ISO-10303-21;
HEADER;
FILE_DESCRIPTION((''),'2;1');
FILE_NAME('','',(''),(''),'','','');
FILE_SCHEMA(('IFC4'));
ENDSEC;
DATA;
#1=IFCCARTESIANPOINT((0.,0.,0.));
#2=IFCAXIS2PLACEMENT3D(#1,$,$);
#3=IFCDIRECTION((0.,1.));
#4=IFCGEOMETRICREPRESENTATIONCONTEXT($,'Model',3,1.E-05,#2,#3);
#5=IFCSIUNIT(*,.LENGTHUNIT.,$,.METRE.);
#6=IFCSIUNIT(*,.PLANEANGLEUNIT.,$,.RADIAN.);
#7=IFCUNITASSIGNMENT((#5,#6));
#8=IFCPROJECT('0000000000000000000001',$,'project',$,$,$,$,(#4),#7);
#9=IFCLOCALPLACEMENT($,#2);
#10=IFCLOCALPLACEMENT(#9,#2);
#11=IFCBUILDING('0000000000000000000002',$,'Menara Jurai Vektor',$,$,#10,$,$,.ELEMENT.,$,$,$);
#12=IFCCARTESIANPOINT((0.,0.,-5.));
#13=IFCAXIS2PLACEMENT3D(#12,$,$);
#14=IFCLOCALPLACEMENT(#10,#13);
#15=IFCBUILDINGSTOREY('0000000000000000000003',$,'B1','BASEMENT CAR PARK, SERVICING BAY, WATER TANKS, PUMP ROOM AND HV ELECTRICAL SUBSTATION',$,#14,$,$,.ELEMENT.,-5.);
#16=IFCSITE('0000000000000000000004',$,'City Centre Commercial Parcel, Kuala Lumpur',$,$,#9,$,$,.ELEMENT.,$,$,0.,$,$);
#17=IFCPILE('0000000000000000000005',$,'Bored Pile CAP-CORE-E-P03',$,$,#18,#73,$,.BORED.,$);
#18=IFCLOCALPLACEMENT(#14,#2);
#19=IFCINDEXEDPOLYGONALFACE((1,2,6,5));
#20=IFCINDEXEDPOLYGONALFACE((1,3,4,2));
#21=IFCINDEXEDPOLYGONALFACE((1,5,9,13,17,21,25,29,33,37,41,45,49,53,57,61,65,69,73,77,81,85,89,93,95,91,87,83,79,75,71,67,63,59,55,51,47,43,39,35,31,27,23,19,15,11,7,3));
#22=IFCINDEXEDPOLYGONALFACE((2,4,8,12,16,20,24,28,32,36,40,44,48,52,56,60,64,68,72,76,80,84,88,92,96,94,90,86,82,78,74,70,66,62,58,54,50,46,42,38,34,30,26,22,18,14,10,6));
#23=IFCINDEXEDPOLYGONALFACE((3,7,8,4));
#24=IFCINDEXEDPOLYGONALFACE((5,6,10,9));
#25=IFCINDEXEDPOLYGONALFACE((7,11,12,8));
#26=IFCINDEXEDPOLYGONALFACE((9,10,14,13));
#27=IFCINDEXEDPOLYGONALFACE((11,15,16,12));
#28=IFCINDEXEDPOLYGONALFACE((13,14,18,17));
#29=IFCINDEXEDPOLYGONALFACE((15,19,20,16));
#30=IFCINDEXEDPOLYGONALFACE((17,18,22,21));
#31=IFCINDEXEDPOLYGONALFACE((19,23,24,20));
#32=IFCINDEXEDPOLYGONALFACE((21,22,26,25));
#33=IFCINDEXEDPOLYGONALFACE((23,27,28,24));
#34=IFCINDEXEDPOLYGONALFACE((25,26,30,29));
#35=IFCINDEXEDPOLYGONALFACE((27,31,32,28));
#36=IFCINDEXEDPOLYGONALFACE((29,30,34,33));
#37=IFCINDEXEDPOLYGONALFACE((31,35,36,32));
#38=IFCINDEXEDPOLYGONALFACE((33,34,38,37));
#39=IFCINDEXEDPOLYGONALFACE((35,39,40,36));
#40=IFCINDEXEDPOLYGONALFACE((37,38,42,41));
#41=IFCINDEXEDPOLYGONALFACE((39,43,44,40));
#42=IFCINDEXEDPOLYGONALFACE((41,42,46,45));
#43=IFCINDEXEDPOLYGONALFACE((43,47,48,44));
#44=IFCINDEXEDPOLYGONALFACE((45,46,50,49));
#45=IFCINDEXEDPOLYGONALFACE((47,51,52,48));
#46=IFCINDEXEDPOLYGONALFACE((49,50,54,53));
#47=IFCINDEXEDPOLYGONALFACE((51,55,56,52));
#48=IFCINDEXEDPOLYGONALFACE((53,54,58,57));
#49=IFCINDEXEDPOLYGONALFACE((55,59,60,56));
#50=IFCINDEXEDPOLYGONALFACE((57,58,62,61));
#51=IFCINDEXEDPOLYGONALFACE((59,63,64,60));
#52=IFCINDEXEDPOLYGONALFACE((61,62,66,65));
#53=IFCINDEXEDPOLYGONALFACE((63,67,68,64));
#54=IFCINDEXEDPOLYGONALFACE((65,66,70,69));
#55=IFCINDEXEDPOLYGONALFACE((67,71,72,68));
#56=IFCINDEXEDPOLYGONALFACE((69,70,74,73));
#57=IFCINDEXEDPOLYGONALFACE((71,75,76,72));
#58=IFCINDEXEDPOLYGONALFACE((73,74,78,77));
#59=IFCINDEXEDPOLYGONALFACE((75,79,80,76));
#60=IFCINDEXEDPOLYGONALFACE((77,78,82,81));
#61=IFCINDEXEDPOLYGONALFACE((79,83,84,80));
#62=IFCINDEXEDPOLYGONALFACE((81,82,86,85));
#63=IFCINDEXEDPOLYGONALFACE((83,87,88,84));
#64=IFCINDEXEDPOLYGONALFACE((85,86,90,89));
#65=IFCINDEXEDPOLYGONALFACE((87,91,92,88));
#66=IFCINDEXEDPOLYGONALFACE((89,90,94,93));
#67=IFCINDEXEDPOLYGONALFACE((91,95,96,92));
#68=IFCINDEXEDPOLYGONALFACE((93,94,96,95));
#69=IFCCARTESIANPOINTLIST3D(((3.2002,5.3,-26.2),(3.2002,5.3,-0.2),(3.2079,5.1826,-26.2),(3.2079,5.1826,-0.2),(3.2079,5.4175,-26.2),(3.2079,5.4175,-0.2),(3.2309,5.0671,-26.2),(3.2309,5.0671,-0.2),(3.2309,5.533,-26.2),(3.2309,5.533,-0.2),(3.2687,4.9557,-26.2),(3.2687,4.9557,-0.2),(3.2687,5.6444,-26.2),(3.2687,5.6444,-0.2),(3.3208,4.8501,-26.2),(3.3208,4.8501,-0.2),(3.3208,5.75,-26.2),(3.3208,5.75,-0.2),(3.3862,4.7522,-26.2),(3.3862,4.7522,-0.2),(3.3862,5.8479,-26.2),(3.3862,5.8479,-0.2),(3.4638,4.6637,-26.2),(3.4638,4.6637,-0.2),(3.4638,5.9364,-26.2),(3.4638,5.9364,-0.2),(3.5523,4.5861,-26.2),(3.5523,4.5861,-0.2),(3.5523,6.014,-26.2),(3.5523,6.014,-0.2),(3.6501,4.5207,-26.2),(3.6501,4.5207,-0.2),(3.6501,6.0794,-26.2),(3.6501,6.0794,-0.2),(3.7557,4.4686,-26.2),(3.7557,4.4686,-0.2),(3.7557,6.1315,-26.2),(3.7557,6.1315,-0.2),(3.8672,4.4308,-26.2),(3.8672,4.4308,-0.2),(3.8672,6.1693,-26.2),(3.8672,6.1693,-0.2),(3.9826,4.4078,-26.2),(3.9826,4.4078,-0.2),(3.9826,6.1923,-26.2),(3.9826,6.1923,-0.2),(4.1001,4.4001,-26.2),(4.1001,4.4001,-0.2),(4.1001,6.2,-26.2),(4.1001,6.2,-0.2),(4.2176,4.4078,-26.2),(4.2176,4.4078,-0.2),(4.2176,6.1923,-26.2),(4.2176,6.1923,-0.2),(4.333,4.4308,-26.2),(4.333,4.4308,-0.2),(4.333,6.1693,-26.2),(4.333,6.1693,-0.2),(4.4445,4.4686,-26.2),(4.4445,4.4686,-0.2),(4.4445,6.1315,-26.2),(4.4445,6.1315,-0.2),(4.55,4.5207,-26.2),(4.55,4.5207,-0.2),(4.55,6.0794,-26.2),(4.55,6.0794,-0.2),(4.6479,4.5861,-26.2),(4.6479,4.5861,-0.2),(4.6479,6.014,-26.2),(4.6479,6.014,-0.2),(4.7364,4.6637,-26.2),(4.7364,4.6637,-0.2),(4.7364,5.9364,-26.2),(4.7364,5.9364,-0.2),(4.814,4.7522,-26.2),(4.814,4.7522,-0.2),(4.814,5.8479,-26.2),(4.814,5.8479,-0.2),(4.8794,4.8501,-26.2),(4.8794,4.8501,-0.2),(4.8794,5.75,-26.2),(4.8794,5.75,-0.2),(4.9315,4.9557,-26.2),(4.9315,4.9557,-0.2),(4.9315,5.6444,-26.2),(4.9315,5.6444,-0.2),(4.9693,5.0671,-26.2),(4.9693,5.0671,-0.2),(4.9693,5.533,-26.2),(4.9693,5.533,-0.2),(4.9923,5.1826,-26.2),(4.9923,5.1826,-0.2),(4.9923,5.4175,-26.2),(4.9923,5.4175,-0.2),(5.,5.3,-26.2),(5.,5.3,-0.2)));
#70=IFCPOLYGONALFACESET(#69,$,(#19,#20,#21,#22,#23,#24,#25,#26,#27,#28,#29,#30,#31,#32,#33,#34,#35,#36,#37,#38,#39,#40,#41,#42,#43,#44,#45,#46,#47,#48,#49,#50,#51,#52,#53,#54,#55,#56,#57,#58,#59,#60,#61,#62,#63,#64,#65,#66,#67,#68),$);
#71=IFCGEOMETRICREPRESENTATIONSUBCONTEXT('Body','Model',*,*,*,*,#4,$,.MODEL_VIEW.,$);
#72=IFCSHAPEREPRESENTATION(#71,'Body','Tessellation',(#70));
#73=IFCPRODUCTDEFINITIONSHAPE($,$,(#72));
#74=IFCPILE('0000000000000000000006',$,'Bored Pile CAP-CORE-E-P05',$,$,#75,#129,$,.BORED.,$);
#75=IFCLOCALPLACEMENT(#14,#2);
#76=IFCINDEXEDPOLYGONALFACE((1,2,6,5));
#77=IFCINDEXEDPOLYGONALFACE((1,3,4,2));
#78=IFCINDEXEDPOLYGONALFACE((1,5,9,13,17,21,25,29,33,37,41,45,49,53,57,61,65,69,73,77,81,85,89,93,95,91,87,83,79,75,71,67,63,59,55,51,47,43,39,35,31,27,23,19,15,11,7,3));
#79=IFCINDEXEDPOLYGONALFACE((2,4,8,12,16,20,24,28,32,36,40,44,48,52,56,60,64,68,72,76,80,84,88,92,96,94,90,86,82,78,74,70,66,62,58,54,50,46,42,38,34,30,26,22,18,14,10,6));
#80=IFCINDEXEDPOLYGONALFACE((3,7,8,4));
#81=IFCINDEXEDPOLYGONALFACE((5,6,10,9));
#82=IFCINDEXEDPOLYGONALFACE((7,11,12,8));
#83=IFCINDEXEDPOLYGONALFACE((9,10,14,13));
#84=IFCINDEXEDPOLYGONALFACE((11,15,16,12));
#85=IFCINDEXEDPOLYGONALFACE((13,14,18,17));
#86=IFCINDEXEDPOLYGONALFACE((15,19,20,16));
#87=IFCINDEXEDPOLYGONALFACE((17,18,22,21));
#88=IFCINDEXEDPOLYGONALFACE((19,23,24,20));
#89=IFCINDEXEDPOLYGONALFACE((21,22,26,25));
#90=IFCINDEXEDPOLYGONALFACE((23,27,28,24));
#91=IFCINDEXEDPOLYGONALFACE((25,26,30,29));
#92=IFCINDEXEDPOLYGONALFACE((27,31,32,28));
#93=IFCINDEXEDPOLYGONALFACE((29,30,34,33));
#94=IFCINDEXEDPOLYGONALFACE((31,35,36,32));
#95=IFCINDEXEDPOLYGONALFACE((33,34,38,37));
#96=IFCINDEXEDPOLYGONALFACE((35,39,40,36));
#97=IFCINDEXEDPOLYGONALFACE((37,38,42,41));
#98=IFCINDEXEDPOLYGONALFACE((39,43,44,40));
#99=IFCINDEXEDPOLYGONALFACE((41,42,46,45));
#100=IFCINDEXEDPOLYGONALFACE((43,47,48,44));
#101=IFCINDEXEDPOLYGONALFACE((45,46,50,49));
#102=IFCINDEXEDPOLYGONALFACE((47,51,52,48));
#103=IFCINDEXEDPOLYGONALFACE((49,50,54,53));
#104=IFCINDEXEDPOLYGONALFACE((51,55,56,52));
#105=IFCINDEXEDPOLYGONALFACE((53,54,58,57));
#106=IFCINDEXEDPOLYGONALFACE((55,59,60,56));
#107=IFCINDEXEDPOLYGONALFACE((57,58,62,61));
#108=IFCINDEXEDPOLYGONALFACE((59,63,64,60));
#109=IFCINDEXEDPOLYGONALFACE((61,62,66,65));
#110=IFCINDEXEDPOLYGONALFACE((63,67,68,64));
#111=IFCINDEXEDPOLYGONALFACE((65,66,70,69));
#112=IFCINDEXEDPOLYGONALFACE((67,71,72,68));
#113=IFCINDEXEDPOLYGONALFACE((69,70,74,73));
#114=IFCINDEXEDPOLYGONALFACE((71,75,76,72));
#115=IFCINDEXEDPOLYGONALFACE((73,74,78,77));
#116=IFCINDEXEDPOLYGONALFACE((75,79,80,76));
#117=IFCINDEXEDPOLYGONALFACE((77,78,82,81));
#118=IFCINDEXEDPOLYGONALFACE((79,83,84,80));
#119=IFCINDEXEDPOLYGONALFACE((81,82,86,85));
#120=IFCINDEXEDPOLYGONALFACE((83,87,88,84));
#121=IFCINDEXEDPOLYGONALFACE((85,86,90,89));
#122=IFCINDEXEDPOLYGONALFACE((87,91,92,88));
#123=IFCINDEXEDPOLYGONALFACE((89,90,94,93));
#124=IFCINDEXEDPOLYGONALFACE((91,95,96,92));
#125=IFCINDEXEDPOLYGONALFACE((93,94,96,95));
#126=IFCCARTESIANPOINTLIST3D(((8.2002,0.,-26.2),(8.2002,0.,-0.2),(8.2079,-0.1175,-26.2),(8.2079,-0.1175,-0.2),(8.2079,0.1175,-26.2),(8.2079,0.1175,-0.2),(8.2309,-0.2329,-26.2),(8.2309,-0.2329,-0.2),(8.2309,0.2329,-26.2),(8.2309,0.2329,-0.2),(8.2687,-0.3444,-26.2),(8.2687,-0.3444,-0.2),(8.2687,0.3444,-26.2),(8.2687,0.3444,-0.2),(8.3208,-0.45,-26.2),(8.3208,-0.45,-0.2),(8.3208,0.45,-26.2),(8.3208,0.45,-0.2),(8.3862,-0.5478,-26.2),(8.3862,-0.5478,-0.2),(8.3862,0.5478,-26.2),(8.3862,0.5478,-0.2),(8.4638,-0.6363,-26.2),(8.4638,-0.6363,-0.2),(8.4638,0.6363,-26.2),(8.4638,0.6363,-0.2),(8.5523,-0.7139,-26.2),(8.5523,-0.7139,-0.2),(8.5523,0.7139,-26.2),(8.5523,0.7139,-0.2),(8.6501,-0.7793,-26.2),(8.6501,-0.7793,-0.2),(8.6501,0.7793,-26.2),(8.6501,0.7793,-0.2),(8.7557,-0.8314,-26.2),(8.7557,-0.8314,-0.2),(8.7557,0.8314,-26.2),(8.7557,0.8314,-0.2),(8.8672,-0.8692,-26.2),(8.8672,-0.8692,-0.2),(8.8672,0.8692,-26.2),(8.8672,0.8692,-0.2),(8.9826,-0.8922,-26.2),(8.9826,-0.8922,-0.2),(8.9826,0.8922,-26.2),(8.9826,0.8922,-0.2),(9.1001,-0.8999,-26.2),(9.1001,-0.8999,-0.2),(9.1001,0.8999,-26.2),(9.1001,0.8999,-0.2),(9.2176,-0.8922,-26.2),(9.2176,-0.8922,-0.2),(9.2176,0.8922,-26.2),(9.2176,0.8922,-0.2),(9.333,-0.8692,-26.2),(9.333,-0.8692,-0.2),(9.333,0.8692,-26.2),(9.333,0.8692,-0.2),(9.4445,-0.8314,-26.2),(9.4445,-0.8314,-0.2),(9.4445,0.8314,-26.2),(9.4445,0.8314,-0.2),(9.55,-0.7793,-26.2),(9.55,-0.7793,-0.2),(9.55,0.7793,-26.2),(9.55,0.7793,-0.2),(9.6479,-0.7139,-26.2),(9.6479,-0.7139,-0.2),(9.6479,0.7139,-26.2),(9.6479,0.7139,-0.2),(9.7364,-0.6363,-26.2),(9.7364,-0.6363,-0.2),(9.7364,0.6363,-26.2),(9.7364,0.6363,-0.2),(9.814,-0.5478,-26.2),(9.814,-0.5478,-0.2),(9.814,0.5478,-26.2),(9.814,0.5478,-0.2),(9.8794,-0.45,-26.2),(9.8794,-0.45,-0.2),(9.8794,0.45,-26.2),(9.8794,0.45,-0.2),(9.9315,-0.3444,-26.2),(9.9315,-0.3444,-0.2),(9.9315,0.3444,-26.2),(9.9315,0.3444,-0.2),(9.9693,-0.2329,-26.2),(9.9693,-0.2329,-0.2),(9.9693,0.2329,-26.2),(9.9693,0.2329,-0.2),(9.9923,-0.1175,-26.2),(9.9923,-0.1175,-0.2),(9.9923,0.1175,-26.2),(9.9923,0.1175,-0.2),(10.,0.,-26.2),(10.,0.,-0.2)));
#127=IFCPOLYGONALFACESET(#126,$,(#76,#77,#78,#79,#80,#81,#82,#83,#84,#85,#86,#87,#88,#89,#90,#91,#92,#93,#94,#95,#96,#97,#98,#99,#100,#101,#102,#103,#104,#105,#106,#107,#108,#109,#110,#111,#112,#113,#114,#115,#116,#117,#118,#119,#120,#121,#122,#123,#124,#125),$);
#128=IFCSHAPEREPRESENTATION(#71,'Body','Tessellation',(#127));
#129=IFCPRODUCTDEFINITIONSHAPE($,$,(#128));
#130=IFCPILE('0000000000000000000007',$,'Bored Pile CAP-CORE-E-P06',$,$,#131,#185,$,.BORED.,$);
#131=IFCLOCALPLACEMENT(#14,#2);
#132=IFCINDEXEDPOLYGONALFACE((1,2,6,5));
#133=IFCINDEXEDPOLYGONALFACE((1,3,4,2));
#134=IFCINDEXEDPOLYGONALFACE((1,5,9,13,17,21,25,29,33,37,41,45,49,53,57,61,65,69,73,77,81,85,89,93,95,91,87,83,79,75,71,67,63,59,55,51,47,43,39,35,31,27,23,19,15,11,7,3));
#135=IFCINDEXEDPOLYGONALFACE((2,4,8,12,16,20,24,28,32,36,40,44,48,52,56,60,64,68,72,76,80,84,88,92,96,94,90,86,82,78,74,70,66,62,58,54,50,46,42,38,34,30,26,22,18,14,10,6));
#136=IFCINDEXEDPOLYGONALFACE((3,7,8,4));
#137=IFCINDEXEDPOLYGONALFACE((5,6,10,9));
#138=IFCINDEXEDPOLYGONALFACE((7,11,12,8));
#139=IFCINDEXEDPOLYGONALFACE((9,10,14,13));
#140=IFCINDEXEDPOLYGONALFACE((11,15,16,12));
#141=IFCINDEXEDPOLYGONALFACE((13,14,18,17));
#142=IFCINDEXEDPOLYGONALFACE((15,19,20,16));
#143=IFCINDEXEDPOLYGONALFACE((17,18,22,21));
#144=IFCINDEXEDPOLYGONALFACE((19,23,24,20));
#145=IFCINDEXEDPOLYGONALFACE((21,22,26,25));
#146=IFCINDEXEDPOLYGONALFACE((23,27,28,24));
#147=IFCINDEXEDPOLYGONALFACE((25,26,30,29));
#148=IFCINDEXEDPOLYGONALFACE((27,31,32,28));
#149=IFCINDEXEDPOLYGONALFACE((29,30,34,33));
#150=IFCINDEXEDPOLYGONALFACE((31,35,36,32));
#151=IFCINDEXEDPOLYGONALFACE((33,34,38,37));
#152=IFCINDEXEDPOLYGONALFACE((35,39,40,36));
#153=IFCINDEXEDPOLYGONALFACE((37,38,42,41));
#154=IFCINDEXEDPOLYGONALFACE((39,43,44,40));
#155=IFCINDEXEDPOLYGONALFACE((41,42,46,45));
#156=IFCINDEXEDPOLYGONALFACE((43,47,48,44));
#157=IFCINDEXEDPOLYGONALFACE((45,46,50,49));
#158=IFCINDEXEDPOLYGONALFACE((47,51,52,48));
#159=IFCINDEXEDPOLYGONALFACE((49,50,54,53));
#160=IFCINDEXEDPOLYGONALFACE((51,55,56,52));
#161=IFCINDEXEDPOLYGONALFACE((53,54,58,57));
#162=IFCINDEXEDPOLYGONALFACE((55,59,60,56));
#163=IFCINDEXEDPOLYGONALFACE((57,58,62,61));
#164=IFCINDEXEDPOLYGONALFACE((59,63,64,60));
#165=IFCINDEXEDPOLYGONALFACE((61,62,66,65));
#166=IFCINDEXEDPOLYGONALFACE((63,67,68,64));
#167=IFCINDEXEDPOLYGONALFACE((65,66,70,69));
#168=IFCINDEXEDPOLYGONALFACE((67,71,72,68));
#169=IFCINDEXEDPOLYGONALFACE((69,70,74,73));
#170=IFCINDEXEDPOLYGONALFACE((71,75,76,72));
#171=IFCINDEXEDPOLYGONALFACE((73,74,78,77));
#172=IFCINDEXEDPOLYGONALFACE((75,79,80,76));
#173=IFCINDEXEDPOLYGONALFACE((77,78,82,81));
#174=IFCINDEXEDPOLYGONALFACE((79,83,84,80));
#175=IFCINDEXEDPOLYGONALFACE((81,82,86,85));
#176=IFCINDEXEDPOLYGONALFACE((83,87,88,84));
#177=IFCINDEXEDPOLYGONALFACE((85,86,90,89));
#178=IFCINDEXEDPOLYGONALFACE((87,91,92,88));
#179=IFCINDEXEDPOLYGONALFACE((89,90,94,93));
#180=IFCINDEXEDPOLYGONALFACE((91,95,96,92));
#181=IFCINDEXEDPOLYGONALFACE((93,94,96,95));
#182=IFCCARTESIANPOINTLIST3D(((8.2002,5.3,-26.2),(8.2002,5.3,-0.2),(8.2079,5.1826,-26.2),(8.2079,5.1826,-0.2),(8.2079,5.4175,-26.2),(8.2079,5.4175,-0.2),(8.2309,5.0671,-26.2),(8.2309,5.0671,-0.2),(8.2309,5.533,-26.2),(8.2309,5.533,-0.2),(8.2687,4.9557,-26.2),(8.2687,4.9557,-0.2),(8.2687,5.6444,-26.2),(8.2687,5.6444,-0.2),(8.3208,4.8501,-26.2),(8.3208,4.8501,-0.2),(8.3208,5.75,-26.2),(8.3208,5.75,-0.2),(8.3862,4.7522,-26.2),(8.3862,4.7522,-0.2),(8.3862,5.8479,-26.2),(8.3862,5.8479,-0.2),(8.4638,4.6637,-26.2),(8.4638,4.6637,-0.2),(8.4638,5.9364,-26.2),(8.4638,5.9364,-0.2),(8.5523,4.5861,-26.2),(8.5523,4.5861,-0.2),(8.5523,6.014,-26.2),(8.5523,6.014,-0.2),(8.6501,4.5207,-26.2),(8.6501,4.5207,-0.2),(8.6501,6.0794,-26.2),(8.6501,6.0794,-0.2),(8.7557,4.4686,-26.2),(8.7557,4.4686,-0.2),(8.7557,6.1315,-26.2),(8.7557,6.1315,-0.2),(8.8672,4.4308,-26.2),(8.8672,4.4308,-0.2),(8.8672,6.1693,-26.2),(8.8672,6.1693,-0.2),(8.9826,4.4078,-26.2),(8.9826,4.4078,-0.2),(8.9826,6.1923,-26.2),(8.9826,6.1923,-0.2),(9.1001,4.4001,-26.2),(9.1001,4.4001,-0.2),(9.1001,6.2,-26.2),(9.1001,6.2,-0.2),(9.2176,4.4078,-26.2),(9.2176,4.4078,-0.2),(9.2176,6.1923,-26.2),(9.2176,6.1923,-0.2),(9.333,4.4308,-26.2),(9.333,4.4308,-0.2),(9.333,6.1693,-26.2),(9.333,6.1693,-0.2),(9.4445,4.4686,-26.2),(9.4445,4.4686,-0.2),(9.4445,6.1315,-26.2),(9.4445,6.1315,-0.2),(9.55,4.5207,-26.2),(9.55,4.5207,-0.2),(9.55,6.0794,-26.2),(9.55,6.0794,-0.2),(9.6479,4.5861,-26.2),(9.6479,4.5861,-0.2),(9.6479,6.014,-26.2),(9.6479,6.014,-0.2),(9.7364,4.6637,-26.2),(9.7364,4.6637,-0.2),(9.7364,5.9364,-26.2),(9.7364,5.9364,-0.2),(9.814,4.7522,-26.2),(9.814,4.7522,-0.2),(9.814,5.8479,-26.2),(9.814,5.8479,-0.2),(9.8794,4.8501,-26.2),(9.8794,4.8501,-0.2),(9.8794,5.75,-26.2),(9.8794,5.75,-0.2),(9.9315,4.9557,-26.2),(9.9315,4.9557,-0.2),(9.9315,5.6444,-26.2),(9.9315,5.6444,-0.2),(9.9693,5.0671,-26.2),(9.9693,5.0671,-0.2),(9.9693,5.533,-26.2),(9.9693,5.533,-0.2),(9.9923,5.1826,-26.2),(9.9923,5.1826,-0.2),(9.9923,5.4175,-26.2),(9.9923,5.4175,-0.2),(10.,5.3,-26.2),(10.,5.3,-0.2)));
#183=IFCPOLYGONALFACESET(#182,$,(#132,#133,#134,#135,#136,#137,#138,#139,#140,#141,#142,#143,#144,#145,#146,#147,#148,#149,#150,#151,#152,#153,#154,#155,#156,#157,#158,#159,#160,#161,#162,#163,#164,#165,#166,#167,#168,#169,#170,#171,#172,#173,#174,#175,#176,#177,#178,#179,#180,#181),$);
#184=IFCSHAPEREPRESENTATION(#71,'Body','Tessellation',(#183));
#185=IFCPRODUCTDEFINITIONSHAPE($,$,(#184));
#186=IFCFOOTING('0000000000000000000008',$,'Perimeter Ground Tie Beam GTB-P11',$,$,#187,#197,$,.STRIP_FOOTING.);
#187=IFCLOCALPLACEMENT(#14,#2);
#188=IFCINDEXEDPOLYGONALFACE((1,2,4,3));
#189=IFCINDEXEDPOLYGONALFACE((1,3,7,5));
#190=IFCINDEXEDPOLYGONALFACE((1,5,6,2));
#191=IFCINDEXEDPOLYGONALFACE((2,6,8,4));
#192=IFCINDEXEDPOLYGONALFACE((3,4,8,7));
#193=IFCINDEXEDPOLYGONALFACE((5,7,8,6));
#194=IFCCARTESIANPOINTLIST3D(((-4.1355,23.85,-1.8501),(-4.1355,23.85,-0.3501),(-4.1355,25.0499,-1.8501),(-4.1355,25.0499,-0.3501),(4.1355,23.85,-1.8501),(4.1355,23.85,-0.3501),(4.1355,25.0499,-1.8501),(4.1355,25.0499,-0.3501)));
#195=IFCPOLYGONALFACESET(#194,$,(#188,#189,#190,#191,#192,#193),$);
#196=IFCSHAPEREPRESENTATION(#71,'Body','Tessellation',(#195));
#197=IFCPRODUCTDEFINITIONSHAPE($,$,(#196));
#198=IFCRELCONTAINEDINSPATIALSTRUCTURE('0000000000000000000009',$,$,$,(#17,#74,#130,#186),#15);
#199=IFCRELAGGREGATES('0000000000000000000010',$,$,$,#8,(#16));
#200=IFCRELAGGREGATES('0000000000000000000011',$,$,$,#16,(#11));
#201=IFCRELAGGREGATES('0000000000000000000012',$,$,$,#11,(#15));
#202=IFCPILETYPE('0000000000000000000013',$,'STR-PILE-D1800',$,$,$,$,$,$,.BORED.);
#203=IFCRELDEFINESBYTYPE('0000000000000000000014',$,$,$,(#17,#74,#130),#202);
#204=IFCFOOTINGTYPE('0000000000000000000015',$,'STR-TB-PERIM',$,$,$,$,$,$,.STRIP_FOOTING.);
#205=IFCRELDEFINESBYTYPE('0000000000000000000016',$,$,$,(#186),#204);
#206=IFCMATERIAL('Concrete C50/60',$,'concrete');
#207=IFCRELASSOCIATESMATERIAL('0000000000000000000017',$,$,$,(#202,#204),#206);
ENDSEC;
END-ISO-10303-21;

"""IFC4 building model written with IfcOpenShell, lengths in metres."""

from ifc_helpers import new_model, si_unit, direction, frame, origin, origin_2d, place, context, subcontext, project, spatial, rectangle, circle, extrude, material, material_profile, profile_set, type_object, element, save


model = new_model("IFC4")

# Units and contexts
model_context = context("Model", 3, precision=1e-05, world=origin(), true_north=direction((0.0, 1.0)))
body_context = subcontext(model_context, "Body", "Model", "MODEL_VIEW")
ifc_project = project(units=[si_unit("LENGTHUNIT", "METRE"), si_unit("PLANEANGLEUNIT", "RADIAN")], contexts=[model_context])

# Site, building, storey
site_placement = place(None, origin())
site = spatial("IfcSite", under=ifc_project, at=site_placement, Name="City Centre Commercial Parcel, Kuala Lumpur", CompositionType="ELEMENT", RefElevation=0.0)
building_placement = place(site_placement, origin())
building = spatial("IfcBuilding", under=site, at=building_placement, Name="Menara Jurai Vektor", CompositionType="ELEMENT")
storey_placement = place(building_placement, frame((0.0, 0.0, -5.0)))
storey = spatial("IfcBuildingStorey", under=building, at=storey_placement, Name="B1", Description="BASEMENT CAR PARK, SERVICING BAY, WATER TANKS, PUMP ROOM AND HV ELECTRICAL SUBSTATION", CompositionType="ELEMENT", Elevation=-5.0)

# Shared definitions
ifc_material_1 = material(Name="Concrete C50/60", Category="concrete")

# Piles
ifc_material_profile_1 = material_profile(ifc_material_1, circle(Radius=0.8999, at=origin_2d()), Name="PILE D1800")
ifc_profile_set_1 = profile_set([ifc_material_profile_1], Name="Concrete C50/60")
pile_type_1 = type_object("IfcPileType", Name="STR-PILE-D1800", PredefinedType="BORED", material=ifc_profile_set_1)
for number, where, z_axis, x_axis, name in (
    (1, (4.1001, 5.3, -0.2), (0.0, 0.0, -1.0), (1.0, 0.0, 0.0), "Bored Pile CAP-CORE-E-P03"),
    (2, (9.1001, 0.0, -0.2), (0.0, 0.0, -1.0), (1.0, 0.0, 0.0), "Bored Pile CAP-CORE-E-P05"),
    (3, (9.1001, 5.3, -0.2), (0.0, 0.0, -1.0), (1.0, 0.0, 0.0), "Bored Pile CAP-CORE-E-P06"),
):
    element("IfcPile", number, at=place(storey_placement, frame(where, z_axis=z_axis, x_axis=x_axis)), inside=storey, type_object=pile_type_1, Name=name, PredefinedType="BORED", context=body_context, shape_type="SweptSolid", body=[
        extrude(circle(Radius=0.8999, at=origin_2d()), origin(), (0.0, 0.0, 1.0), 26.0),
    ])

# Footing
ifc_material_profile_2 = material_profile(ifc_material_1, rectangle(XDim=1.2, YDim=1.5, at=origin_2d()), Name="RC 1200x1500")
ifc_profile_set_2 = profile_set([ifc_material_profile_2], Name="Concrete C50/60")
footing_type_1 = type_object("IfcFootingType", Name="STR-TB-PERIM", PredefinedType="STRIP_FOOTING", material=ifc_profile_set_2)
footing_1_placement = place(storey_placement, frame((4.1355, 24.45, -1.1001), z_axis=(-1.0, 0.0, 0.0), x_axis=(0.0, -1.0, 0.0)))
element("IfcFooting", 4, at=footing_1_placement, inside=storey, type_object=footing_type_1, Name="Perimeter Ground Tie Beam GTB-P11", PredefinedType="STRIP_FOOTING", context=body_context, shape_type="SweptSolid", body=[
    extrude(rectangle(XDim=1.2, YDim=1.5, at=origin_2d()), origin(), (0.0, 0.0, 1.0), 8.271),
])

save(model, "model.ifc")
